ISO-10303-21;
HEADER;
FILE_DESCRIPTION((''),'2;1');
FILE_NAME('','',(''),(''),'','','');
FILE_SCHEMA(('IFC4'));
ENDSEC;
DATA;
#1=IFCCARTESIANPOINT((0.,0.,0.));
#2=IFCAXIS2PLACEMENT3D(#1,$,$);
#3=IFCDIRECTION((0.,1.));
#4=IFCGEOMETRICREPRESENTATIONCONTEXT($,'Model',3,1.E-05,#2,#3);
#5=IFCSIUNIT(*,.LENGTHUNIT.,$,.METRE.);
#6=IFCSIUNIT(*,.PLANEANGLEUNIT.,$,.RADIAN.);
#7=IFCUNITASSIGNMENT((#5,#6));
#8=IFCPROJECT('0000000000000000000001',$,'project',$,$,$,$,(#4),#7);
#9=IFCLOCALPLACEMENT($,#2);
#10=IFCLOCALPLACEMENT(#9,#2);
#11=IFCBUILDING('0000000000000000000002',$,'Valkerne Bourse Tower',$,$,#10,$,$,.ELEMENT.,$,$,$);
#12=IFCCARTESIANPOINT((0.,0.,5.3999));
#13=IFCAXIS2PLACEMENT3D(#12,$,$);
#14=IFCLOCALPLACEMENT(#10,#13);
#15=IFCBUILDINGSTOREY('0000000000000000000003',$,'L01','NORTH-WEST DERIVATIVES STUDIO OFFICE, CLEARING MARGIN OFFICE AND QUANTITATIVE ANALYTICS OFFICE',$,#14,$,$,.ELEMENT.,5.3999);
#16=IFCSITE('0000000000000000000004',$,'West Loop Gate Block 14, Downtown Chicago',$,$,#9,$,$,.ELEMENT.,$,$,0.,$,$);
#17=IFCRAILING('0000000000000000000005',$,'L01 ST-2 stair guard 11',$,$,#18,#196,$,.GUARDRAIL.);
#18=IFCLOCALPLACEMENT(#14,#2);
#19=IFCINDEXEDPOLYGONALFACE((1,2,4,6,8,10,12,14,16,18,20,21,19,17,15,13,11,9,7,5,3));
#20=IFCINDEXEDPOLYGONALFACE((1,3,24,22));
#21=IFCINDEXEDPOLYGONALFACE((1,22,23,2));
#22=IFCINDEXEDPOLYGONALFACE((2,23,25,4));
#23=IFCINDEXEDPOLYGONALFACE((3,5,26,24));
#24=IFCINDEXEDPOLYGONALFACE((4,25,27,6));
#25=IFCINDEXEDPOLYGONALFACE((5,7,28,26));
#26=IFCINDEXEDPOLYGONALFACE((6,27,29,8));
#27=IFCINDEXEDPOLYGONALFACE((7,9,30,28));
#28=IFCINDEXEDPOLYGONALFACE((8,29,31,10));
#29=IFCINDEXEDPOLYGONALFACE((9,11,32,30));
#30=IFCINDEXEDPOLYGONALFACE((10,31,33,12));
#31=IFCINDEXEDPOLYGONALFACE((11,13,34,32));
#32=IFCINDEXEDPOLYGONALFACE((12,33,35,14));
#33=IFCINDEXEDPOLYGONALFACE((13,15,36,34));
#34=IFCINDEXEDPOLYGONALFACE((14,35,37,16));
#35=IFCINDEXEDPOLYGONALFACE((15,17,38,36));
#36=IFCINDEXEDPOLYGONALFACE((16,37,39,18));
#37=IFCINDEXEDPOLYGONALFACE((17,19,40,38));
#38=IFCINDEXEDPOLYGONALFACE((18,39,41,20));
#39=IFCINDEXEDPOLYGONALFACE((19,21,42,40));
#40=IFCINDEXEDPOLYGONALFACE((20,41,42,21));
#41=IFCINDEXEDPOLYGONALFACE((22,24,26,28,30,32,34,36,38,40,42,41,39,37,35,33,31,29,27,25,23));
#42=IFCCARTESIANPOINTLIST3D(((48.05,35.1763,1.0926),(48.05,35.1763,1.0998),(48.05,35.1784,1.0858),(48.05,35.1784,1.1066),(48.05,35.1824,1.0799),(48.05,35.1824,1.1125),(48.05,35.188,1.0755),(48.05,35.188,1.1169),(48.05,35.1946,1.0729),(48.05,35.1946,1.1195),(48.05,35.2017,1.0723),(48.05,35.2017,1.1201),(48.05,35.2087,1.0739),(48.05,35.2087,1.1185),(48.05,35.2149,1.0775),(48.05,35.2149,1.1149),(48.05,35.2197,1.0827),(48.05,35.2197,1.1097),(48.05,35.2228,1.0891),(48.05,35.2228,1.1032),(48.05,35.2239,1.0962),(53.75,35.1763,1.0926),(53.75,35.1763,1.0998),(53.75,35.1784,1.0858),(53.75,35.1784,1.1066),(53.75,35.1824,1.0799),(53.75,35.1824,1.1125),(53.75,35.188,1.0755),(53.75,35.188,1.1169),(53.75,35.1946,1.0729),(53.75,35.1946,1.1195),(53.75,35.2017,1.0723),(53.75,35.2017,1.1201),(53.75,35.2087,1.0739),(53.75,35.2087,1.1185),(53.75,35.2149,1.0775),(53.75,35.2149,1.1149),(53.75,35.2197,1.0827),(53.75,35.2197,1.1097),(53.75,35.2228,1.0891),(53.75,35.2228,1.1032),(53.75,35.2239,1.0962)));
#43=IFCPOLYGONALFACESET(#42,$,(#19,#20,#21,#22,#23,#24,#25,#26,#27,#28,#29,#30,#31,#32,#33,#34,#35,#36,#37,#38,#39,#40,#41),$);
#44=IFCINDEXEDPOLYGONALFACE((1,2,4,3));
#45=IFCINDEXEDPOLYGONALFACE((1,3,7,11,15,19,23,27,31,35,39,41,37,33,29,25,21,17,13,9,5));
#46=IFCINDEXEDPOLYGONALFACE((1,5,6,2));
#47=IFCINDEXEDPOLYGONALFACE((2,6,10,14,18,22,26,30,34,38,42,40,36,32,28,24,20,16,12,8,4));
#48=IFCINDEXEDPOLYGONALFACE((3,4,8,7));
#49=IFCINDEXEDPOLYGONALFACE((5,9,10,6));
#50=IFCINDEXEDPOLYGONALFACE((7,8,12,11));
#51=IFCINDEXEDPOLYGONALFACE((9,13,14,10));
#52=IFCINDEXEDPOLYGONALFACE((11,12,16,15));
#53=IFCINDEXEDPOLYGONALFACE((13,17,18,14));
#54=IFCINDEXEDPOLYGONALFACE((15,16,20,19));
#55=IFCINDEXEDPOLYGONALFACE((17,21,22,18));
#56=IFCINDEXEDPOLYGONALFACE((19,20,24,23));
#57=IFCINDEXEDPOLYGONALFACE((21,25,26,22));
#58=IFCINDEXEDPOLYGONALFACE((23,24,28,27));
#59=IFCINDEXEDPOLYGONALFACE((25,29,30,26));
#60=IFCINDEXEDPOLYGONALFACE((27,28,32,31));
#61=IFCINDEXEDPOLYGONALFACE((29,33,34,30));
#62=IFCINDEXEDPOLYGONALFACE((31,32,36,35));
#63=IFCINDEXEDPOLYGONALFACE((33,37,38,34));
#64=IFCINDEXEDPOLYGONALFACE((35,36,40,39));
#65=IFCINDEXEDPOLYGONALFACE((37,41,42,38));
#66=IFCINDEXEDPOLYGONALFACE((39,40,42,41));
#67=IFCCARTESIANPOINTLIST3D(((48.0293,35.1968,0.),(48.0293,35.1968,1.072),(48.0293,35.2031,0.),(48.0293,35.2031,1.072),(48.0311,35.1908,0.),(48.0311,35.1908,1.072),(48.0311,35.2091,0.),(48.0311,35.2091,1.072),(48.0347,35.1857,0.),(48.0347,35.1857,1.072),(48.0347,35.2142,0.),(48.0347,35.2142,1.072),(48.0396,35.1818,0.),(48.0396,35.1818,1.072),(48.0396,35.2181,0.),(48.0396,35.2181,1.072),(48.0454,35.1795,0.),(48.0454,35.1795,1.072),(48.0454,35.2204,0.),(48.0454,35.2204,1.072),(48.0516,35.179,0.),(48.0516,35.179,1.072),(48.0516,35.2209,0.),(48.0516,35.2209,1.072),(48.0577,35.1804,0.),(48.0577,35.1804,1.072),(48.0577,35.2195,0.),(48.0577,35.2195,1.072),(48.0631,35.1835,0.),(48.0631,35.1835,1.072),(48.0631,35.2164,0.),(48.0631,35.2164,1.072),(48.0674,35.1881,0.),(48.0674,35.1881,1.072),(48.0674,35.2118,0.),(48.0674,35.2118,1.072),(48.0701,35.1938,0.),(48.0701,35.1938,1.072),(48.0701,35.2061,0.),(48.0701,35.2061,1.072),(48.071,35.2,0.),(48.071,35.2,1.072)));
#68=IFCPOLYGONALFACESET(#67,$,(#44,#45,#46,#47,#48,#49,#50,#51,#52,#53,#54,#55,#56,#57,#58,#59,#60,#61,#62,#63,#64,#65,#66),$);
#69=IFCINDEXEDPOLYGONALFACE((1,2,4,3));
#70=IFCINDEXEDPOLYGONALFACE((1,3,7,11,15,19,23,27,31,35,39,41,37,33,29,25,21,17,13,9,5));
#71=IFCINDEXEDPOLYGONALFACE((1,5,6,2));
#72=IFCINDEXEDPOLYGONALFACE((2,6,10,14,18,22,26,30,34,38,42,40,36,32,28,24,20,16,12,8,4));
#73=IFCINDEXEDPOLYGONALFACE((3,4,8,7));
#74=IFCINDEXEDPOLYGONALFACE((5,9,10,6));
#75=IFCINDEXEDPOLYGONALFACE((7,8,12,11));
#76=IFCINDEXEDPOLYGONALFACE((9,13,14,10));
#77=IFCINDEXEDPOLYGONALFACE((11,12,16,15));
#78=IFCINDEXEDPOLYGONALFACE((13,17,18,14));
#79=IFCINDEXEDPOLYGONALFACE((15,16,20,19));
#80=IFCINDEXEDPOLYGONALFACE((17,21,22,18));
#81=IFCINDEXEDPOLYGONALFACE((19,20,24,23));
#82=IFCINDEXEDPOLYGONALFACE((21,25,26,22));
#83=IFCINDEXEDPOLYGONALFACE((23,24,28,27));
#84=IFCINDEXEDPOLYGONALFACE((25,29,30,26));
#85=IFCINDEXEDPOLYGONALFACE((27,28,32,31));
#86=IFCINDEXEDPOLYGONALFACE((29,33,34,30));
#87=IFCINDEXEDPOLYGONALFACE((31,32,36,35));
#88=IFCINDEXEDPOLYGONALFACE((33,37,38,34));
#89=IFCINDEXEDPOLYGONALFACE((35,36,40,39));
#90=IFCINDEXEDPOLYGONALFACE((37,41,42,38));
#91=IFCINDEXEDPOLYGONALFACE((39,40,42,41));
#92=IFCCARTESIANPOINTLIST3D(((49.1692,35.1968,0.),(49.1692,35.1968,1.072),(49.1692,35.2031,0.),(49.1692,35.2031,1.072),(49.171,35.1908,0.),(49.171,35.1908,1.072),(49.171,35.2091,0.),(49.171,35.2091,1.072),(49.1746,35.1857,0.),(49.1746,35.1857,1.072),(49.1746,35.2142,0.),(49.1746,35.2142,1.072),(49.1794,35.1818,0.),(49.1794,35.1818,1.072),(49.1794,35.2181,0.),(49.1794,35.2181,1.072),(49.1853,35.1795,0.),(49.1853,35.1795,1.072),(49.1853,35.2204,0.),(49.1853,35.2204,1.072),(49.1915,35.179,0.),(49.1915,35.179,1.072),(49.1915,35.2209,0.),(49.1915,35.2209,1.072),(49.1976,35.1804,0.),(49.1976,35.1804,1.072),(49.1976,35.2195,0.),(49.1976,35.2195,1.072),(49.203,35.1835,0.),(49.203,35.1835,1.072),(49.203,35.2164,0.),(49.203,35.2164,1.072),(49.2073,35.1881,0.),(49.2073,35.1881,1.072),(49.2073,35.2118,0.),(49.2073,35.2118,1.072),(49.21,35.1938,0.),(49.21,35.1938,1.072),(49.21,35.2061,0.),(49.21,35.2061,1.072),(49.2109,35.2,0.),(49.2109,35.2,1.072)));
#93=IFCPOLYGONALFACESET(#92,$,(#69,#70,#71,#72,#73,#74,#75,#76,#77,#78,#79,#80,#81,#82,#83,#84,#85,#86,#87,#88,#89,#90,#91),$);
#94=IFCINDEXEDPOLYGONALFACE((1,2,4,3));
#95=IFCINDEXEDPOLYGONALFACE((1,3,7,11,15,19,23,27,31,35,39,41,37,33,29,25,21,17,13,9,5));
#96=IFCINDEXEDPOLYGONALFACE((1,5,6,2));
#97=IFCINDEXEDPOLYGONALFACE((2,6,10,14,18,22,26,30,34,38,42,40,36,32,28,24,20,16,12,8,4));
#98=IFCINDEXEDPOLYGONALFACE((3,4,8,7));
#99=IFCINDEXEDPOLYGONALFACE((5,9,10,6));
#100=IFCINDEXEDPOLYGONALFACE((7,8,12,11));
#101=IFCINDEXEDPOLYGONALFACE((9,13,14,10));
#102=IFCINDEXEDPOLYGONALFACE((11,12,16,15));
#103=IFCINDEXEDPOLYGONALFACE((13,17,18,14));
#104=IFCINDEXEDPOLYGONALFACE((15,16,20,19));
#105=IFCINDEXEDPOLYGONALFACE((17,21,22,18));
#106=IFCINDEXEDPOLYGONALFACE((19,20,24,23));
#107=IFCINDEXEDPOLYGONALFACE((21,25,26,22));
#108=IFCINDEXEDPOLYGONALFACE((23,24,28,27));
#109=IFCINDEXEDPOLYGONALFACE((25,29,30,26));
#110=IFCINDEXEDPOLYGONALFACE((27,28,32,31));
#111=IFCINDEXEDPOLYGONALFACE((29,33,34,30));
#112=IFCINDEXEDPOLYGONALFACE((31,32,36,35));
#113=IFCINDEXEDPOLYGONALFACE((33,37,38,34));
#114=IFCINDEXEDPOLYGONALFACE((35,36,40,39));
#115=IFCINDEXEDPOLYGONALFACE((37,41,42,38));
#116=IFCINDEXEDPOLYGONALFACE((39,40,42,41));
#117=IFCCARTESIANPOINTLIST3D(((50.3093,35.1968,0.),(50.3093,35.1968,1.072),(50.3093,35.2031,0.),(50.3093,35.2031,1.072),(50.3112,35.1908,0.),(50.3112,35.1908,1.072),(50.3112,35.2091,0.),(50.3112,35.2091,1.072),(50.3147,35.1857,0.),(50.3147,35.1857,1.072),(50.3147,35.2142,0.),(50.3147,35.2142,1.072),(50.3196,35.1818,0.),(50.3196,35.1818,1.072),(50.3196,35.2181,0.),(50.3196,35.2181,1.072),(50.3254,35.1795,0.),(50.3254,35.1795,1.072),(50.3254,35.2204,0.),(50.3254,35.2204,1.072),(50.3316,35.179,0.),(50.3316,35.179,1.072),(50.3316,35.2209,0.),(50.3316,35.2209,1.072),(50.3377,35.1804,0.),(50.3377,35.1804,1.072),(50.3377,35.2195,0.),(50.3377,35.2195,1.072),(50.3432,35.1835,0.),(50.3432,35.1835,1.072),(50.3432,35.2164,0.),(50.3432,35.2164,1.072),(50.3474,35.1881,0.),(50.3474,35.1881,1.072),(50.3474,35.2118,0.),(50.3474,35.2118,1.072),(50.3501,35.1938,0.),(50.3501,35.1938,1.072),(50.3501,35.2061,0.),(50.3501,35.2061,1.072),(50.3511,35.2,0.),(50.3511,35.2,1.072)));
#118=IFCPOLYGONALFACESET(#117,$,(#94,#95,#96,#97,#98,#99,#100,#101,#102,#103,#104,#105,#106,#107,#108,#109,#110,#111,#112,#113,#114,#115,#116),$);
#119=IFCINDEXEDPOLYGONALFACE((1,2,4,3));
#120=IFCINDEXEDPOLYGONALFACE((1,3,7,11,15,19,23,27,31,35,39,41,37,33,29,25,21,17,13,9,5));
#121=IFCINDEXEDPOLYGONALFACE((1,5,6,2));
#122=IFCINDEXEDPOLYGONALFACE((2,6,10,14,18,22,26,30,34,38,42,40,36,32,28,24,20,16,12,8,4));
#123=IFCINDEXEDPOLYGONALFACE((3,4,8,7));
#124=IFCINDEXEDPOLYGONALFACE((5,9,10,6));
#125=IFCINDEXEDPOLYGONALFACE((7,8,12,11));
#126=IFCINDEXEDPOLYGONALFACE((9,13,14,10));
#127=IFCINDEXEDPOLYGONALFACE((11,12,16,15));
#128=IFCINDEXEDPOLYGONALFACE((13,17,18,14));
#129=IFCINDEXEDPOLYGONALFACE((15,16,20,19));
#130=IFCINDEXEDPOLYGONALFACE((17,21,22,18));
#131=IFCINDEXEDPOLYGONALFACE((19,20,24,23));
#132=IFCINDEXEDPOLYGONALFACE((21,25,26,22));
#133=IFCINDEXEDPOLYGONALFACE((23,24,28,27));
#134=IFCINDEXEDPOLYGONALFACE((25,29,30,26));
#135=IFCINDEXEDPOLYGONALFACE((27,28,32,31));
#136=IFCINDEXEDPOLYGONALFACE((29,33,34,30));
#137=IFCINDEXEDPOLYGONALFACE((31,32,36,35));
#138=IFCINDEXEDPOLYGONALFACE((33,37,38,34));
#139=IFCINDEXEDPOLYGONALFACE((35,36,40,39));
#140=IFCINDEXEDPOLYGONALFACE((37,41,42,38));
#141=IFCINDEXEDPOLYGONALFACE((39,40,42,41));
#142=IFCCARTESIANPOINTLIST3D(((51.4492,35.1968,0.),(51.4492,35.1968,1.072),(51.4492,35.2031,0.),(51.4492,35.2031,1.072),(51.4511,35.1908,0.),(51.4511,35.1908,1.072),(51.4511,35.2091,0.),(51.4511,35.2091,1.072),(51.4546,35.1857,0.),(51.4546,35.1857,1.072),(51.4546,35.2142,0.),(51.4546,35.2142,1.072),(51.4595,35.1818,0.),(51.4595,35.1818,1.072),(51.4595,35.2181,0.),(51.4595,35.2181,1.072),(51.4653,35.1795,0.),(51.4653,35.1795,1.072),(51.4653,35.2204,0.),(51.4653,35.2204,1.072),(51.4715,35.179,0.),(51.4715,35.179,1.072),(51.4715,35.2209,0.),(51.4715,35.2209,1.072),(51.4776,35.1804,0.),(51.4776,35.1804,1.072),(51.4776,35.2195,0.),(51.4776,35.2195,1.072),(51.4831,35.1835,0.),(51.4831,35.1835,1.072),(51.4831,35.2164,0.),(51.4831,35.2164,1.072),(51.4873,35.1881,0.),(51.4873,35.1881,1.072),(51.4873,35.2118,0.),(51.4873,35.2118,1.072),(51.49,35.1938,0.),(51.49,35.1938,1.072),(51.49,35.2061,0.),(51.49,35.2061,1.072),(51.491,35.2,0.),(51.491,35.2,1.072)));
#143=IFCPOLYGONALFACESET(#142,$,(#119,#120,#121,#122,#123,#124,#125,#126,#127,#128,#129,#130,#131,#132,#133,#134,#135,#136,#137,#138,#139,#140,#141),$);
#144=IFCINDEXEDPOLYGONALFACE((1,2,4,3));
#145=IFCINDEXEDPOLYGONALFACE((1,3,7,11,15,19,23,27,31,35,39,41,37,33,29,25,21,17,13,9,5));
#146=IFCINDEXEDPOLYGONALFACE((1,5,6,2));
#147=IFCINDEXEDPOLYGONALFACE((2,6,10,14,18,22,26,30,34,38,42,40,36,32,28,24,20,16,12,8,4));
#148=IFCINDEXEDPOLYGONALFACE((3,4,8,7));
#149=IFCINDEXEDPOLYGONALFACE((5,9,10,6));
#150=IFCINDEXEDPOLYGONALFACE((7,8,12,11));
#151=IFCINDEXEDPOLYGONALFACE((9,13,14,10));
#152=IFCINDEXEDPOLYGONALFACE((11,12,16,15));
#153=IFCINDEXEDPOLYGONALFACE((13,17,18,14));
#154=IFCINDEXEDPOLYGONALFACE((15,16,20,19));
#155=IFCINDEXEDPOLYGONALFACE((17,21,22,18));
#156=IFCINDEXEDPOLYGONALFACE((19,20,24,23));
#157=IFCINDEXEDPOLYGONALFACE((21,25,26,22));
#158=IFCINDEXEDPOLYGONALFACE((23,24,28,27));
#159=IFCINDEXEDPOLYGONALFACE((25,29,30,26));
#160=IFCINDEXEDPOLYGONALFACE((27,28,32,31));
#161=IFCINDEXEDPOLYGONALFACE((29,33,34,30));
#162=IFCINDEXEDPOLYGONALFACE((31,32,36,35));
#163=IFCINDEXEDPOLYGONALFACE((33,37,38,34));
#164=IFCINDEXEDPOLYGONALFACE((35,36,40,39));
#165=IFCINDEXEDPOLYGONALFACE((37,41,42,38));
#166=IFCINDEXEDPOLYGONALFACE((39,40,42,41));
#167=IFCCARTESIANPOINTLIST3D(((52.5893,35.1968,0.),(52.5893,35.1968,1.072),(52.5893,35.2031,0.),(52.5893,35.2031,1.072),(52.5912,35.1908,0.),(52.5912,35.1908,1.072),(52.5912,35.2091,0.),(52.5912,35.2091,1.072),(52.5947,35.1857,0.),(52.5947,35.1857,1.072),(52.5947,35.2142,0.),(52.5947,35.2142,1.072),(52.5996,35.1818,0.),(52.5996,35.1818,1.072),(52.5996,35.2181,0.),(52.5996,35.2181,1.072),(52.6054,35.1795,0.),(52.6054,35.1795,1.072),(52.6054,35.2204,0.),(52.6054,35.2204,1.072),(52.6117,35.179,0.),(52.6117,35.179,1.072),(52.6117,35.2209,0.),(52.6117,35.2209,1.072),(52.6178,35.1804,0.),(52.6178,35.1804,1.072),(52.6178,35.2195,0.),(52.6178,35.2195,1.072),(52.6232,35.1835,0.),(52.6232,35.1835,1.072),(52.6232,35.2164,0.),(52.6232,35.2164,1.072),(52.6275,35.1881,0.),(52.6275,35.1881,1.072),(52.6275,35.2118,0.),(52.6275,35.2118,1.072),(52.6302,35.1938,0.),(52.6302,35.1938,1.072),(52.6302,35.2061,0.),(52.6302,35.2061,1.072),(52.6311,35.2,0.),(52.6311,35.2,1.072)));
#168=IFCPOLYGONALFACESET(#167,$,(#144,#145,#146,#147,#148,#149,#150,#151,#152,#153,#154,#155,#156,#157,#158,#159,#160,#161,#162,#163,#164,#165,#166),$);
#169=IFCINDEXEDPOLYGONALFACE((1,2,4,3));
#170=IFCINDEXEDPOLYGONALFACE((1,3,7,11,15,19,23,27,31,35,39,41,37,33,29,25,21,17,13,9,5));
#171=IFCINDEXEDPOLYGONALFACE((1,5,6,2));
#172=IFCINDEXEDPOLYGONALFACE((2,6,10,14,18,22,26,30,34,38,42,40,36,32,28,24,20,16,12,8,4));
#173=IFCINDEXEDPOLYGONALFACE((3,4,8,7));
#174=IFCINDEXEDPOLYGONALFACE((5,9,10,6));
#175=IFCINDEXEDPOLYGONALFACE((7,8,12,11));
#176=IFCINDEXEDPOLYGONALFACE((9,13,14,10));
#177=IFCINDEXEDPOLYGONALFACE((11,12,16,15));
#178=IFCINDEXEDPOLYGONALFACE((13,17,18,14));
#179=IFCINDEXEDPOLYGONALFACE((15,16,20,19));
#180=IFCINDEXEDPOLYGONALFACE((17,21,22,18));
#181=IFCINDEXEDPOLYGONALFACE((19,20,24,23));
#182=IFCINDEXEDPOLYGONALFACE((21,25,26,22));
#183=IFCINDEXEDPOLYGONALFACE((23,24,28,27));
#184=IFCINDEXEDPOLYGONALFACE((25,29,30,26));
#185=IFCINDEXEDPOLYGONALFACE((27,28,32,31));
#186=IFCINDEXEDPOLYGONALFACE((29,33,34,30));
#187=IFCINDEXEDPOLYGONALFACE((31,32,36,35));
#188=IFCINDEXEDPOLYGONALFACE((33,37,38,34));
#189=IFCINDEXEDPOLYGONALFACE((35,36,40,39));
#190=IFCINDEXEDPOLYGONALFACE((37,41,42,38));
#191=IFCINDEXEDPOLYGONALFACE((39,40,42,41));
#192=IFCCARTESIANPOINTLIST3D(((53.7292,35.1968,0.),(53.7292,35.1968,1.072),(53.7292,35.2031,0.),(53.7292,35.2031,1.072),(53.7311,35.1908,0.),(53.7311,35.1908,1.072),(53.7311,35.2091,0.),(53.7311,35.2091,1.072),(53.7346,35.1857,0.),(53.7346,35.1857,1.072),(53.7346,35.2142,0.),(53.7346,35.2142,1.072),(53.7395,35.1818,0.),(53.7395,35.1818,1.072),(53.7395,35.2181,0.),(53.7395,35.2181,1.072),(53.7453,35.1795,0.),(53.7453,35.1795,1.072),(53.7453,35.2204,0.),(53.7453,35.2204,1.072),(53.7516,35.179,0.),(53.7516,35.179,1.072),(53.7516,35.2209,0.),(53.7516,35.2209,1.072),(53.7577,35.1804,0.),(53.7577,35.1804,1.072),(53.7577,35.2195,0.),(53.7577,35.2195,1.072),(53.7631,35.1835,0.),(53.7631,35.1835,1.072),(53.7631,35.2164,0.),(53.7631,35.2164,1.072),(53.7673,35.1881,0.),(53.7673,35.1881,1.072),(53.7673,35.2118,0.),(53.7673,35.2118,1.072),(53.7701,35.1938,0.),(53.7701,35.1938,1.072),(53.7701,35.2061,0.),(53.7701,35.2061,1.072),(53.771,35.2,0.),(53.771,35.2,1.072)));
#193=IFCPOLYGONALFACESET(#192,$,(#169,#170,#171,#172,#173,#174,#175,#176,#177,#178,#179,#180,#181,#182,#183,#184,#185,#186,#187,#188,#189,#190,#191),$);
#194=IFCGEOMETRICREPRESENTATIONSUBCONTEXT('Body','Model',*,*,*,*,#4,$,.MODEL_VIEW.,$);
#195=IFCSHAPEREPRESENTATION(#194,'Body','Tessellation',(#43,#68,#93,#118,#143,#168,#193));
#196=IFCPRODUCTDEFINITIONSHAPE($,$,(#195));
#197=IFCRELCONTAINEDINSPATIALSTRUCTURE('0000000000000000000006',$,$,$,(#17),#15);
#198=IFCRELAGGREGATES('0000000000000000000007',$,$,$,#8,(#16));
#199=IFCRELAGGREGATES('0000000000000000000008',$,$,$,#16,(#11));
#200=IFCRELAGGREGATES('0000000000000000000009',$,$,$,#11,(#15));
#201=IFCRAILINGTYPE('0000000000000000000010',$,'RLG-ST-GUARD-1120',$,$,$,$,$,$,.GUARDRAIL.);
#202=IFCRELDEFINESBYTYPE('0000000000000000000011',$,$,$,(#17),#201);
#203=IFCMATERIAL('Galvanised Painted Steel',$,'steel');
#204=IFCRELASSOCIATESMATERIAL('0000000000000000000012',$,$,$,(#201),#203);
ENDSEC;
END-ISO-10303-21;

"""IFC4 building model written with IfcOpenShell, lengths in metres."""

from ifc_helpers import new_model, si_unit, direction, frame, origin, origin_2d, place, context, subcontext, project, spatial, circle, extrude, material, type_object, element, save


model = new_model("IFC4")

# Units and contexts
model_context = context("Model", 3, precision=1e-05, world=origin(), true_north=direction((0.0, 1.0)))
body_context = subcontext(model_context, "Body", "Model", "MODEL_VIEW")
ifc_project = project(units=[si_unit("LENGTHUNIT", "METRE"), si_unit("PLANEANGLEUNIT", "RADIAN")], contexts=[model_context])

# Site, building, storey
site_placement = place(None, origin())
site = spatial("IfcSite", under=ifc_project, at=site_placement, Name="West Loop Gate Block 14, Downtown Chicago", CompositionType="ELEMENT", RefElevation=0.0)
building_placement = place(site_placement, origin())
building = spatial("IfcBuilding", under=site, at=building_placement, Name="Valkerne Bourse Tower", CompositionType="ELEMENT")
storey_placement = place(building_placement, frame((0.0, 0.0, 5.3999)))
storey = spatial("IfcBuildingStorey", under=building, at=storey_placement, Name="L01", Description="NORTH-WEST DERIVATIVES STUDIO OFFICE, CLEARING MARGIN OFFICE AND QUANTITATIVE ANALYTICS OFFICE", CompositionType="ELEMENT", Elevation=5.3999)

# Railing
ifc_material_1 = material(Name="Galvanised Painted Steel", Category="steel")
railing_type_1 = type_object("IfcRailingType", Name="RLG-ST-GUARD-1120", PredefinedType="GUARDRAIL", material=ifc_material_1)
railing_1_placement = place(storey_placement, frame((48.05, 35.2, 0.0)))
element("IfcRailing", 1, at=railing_1_placement, inside=storey, type_object=railing_type_1, Name="L01 ST-2 stair guard 11", PredefinedType="GUARDRAIL", context=body_context, shape_type="SweptSolid", body=[
    extrude(circle(Radius=0.0239, at=origin_2d()), frame((0.0, 0.0, 1.0962), z_axis=(1.0, 0.0, 0.0), x_axis=(0.0, 1.0, 0.0)), (0.0, 0.0, 1.0), 5.7),
    extrude(circle(Radius=0.021, at=origin_2d()), origin(), (0.0, 0.0, 1.0), 1.072),
    extrude(circle(Radius=0.021, at=origin_2d()), frame((1.1399, 0.0, 0.0)), (0.0, 0.0, 1.0), 1.072),
    extrude(circle(Radius=0.021, at=origin_2d()), frame((2.28, 0.0, 0.0)), (0.0, 0.0, 1.0), 1.072),
    extrude(circle(Radius=0.021, at=origin_2d()), frame((3.4199, 0.0, 0.0)), (0.0, 0.0, 1.0), 1.072),
    extrude(circle(Radius=0.021, at=origin_2d()), frame((4.5601, 0.0, 0.0)), (0.0, 0.0, 1.0), 1.072),
    extrude(circle(Radius=0.021, at=origin_2d()), frame((5.7, 0.0, 0.0)), (0.0, 0.0, 1.0), 1.072),
])

save(model, "model.ifc")
